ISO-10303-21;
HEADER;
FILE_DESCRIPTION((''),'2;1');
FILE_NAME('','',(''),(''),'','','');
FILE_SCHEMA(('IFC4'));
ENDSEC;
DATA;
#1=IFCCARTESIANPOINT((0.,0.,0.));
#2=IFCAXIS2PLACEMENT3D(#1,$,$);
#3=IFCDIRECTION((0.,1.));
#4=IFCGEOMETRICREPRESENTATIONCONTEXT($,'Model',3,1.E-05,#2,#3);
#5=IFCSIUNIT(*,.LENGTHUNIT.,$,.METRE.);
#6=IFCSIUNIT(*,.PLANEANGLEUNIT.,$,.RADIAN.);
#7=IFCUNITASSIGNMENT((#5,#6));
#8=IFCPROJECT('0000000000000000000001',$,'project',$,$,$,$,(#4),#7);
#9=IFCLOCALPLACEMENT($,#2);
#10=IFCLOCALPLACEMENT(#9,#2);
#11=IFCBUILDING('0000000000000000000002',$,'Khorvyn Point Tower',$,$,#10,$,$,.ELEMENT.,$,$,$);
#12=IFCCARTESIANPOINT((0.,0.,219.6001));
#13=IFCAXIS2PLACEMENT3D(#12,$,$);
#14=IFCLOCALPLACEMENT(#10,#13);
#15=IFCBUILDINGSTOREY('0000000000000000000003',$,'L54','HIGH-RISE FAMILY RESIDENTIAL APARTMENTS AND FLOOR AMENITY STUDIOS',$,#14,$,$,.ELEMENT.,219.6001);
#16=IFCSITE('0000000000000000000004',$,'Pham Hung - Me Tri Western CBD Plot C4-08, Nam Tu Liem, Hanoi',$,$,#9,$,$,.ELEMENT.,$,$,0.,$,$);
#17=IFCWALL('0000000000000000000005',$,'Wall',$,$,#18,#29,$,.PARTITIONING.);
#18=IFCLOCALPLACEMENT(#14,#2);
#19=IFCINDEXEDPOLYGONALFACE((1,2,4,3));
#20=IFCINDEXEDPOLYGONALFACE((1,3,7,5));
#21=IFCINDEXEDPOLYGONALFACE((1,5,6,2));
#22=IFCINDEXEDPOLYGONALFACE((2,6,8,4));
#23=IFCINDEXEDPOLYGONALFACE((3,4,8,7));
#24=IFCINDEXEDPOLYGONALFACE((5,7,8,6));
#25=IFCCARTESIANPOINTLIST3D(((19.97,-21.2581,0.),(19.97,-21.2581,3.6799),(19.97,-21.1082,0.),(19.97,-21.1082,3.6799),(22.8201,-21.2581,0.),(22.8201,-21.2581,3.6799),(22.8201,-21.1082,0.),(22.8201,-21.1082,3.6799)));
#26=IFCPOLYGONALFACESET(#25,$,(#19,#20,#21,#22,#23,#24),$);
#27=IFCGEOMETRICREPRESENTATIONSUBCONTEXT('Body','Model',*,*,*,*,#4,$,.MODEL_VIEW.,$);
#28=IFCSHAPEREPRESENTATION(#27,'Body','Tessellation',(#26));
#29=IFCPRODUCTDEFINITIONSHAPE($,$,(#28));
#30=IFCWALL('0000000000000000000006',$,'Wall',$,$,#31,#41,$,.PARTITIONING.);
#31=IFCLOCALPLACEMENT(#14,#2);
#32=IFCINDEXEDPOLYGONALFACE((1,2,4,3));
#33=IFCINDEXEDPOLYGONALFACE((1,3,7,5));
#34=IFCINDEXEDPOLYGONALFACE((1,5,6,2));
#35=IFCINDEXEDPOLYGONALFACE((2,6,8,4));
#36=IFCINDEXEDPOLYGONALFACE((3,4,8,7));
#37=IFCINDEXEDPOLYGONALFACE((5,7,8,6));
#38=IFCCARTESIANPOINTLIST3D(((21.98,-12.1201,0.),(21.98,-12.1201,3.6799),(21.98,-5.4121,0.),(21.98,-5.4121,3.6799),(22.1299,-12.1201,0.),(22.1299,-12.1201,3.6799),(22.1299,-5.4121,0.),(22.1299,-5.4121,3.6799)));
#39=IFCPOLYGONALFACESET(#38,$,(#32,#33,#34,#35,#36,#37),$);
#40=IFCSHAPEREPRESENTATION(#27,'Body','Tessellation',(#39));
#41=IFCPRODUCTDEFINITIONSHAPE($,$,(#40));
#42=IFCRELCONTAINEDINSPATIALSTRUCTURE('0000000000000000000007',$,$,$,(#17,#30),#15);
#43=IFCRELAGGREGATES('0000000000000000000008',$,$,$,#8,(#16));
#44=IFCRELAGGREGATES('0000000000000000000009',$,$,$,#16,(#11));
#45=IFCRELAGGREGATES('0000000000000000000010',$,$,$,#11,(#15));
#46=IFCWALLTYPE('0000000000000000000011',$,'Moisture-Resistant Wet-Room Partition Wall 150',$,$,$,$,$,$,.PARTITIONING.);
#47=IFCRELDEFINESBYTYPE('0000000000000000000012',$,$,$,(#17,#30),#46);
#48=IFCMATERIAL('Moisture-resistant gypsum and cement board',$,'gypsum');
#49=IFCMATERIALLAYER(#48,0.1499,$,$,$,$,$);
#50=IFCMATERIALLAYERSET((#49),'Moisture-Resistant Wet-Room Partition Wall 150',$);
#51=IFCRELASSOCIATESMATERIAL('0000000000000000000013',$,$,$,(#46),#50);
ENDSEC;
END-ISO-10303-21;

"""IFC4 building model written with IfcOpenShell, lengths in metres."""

from ifc_helpers import new_model, si_unit, direction, frame, frame_2d, origin, place, context, subcontext, project, spatial, rectangle, extrude, material, layer, layer_set, type_object, element, save


model = new_model("IFC4")

# Units and contexts
model_context = context("Model", 3, precision=1e-05, world=origin(), true_north=direction((0.0, 1.0)))
body_context = subcontext(model_context, "Body", "Model", "MODEL_VIEW")
ifc_project = project(units=[si_unit("LENGTHUNIT", "METRE"), si_unit("PLANEANGLEUNIT", "RADIAN")], contexts=[model_context])

# Site, building, storey
site_placement = place(None, origin())
site = spatial("IfcSite", under=ifc_project, at=site_placement, Name="Pham Hung - Me Tri Western CBD Plot C4-08, Nam Tu Liem, Hanoi", CompositionType="ELEMENT", RefElevation=0.0)
building_placement = place(site_placement, origin())
building = spatial("IfcBuilding", under=site, at=building_placement, Name="Khorvyn Point Tower", CompositionType="ELEMENT")
storey_placement = place(building_placement, frame((0.0, 0.0, 219.6001)))
storey = spatial("IfcBuildingStorey", under=building, at=storey_placement, Name="L54", Description="HIGH-RISE FAMILY RESIDENTIAL APARTMENTS AND FLOOR AMENITY STUDIOS", CompositionType="ELEMENT", Elevation=219.6001)

# Shared definitions
ifc_material_1 = material(Name="Moisture-resistant gypsum and cement board", Category="gypsum")
ifc_layer_1 = layer(ifc_material_1, 0.1499)
ifc_layer_set_1 = layer_set([ifc_layer_1], Name="Moisture-Resistant Wet-Room Partition Wall 150")
wall_type_1 = type_object("IfcWallType", Name="Moisture-Resistant Wet-Room Partition Wall 150", PredefinedType="PARTITIONING", material=ifc_layer_set_1)

# Walls
wall_1_placement = place(storey_placement, frame((19.97, -21.1831, 0.0), z_axis=(0.0, 0.0, 1.0), x_axis=(1.0, 0.0, 0.0)))
element("IfcWall", 1, at=wall_1_placement, inside=storey, type_object=wall_type_1, Name="Wall", PredefinedType="PARTITIONING", context=body_context, shape_type="SweptSolid", body=[
    extrude(rectangle(XDim=2.8501, YDim=0.1499, at=frame_2d((1.425, 0.0))), origin(), (0.0, 0.0, 1.0), 3.6799),
])
wall_2_placement = place(storey_placement, frame((22.0549, -12.1201, 0.0), z_axis=(0.0, 0.0, 1.0), x_axis=(0.0, 1.0, 0.0)))
element("IfcWall", 2, at=wall_2_placement, inside=storey, type_object=wall_type_1, Name="Wall", PredefinedType="PARTITIONING", context=body_context, shape_type="SweptSolid", body=[
    extrude(rectangle(XDim=6.708, YDim=0.1499, at=frame_2d((3.354, 0.0))), origin(), (0.0, 0.0, 1.0), 3.6799),
])

save(model, "model.ifc")
